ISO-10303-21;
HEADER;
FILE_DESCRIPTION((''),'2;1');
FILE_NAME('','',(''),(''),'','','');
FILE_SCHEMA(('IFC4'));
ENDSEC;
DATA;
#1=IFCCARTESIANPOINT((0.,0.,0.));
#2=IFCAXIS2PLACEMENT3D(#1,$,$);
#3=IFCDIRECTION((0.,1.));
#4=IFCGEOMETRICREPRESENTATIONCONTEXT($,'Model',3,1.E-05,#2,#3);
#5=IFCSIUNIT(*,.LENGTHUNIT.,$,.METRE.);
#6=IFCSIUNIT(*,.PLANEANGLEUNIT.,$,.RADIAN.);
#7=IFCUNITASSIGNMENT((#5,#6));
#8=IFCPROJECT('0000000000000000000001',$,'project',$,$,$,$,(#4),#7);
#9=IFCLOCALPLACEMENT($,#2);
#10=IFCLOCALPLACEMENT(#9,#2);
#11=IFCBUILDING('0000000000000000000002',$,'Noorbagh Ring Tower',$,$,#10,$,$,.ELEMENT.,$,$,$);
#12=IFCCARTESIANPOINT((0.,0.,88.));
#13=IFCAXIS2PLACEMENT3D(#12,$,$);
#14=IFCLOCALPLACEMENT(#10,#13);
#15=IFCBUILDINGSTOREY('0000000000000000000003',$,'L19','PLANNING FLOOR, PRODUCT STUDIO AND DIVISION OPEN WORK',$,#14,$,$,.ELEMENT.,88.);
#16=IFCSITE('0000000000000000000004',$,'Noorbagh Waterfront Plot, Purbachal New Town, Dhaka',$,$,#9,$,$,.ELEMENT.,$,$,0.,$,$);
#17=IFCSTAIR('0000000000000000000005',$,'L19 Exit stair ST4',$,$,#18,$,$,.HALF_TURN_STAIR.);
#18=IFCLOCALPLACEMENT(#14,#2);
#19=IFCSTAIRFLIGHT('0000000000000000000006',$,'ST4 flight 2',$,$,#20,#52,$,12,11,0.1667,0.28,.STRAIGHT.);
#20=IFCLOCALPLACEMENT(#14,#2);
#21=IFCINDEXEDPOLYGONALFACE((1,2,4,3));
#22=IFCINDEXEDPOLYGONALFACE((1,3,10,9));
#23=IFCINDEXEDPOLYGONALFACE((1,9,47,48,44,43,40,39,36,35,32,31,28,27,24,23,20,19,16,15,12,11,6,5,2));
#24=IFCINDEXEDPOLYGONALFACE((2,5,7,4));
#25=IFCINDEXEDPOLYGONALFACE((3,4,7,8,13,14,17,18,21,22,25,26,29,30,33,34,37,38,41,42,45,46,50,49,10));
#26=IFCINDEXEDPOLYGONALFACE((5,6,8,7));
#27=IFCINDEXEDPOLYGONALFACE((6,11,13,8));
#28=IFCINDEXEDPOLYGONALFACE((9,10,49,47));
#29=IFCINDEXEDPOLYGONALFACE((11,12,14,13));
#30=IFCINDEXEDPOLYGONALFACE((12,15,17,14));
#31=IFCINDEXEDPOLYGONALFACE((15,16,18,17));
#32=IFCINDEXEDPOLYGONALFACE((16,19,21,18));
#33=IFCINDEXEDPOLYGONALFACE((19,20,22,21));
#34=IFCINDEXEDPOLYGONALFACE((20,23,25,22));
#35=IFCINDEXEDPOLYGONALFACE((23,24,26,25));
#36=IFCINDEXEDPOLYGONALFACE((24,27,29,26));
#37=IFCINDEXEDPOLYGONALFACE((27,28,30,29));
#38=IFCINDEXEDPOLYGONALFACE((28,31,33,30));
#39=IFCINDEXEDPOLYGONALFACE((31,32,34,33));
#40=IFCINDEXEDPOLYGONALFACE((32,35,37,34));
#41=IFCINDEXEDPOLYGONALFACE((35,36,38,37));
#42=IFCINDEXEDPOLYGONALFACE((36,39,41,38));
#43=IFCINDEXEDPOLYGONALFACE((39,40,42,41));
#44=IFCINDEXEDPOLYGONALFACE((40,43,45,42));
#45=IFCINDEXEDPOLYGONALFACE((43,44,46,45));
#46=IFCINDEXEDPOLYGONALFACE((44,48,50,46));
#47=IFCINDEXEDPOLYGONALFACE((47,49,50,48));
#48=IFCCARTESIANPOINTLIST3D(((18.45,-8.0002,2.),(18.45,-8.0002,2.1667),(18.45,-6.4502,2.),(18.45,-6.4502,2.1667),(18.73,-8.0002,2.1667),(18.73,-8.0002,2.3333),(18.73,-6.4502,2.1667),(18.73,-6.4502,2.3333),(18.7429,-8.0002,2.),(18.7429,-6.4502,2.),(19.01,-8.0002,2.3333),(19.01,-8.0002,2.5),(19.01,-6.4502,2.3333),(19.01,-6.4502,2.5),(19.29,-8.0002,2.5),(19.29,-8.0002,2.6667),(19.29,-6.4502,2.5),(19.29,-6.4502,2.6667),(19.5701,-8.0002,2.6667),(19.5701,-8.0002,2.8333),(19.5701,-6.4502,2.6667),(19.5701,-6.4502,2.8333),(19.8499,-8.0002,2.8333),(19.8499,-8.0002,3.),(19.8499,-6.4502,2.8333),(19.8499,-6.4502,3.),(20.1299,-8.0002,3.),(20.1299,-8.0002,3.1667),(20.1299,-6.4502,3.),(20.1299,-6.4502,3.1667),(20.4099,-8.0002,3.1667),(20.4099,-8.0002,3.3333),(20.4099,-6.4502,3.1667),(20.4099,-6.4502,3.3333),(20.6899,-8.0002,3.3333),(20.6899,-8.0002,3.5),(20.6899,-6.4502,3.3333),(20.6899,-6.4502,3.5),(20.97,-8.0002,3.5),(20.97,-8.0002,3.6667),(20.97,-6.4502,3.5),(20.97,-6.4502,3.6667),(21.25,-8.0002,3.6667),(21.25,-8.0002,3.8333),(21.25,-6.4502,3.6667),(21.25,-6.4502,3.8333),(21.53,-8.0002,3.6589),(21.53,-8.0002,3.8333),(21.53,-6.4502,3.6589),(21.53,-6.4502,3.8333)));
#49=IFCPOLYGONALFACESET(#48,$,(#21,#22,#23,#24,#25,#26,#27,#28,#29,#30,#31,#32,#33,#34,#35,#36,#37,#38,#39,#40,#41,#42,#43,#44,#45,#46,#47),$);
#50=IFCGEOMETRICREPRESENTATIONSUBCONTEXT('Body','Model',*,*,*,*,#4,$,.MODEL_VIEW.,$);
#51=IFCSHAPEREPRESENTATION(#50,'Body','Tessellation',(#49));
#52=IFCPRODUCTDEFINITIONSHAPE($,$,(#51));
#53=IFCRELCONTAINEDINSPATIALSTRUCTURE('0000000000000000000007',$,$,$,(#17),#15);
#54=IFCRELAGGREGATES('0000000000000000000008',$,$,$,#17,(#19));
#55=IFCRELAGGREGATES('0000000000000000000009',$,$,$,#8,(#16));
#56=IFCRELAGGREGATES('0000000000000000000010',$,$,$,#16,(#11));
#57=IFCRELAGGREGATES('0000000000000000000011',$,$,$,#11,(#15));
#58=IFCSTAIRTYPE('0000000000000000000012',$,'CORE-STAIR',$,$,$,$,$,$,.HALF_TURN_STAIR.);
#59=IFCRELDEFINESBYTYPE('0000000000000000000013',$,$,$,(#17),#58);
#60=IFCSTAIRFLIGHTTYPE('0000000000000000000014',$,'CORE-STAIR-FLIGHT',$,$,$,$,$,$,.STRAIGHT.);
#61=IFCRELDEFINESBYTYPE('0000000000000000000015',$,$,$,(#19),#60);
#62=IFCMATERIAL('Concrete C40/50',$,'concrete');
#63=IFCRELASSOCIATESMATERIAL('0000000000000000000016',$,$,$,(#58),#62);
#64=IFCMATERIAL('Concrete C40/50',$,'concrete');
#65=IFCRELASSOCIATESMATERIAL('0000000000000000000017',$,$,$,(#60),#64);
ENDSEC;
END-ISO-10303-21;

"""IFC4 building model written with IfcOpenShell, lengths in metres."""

from ifc_helpers import new_model, si_unit, direction, frame, origin, place, context, subcontext, project, spatial, polyline, outline, extrude, material, type_object, element, aggregate, save


model = new_model("IFC4")

# Units and contexts
model_context = context("Model", 3, precision=1e-05, world=origin(), true_north=direction((0.0, 1.0)))
body_context = subcontext(model_context, "Body", "Model", "MODEL_VIEW")
ifc_project = project(units=[si_unit("LENGTHUNIT", "METRE"), si_unit("PLANEANGLEUNIT", "RADIAN")], contexts=[model_context])

# Site, building, storey
site_placement = place(None, origin())
site = spatial("IfcSite", under=ifc_project, at=site_placement, Name="Noorbagh Waterfront Plot, Purbachal New Town, Dhaka", CompositionType="ELEMENT", RefElevation=0.0)
building_placement = place(site_placement, origin())
building = spatial("IfcBuilding", under=site, at=building_placement, Name="Noorbagh Ring Tower", CompositionType="ELEMENT")
storey_placement = place(building_placement, frame((0.0, 0.0, 88.0)))
storey = spatial("IfcBuildingStorey", under=building, at=storey_placement, Name="L19", Description="PLANNING FLOOR, PRODUCT STUDIO AND DIVISION OPEN WORK", CompositionType="ELEMENT", Elevation=88.0)

# Stair, stair flight
ifc_material_1 = material(Name="Concrete C40/50", Category="concrete")
stair_type = type_object("IfcStairType", Name="CORE-STAIR", PredefinedType="HALF_TURN_STAIR", material=ifc_material_1)
stair_placement = place(storey_placement, origin())
stair = element("IfcStair", 1, at=stair_placement, inside=storey, type_object=stair_type, Name="L19 Exit stair ST4", PredefinedType="HALF_TURN_STAIR")
ifc_material_2 = material(Name="Concrete C40/50", Category="concrete")
stair_flight_type = type_object("IfcStairFlightType", Name="CORE-STAIR-FLIGHT", PredefinedType="STRAIGHT", material=ifc_material_2)
stair_flight_placement = place(storey_placement, frame((18.45, -7.2251, 2.0), z_axis=(0.0, 0.0, 1.0), x_axis=(1.0, 0.0, 0.0)))
stair_flight = element("IfcStairFlight", 2, at=stair_flight_placement, type_object=stair_flight_type, Name="ST4 flight 2", NumberOfRisers=12, NumberOfTreads=11, PredefinedType="STRAIGHT", RiserHeight=0.1667, TreadLength=0.28, context=body_context, shape_type="SweptSolid", body=[
    extrude(outline(polyline([(0.0, 0.0), (0.0, 0.1667), (0.28, 0.1667), (0.28, 0.3333), (0.5601, 0.3333), (0.5601, 0.5), (0.8401, 0.5), (0.8401, 0.6667), (1.1201, 0.6667), (1.1201, 0.8333), (1.3999, 0.8333), (1.3999, 1.0), (1.6799, 1.0), (1.6799, 1.1667), (1.96, 1.1667), (1.96, 1.3333), (2.24, 1.3333), (2.24, 1.5), (2.52, 1.5), (2.52, 1.6667), (2.8, 1.6667), (2.8, 1.8333), (3.0801, 1.8333), (3.0801, 2.0), (3.0801, 1.6589), (0.293, 0.0), (0.0, 0.0)])), frame((0.0, 0.7749, 0.0), z_axis=(0.0, -1.0, 0.0), x_axis=(1.0, 0.0, 0.0)), (0.0, 0.0, 1.0), 1.55),
])
aggregate(stair, [stair_flight])

save(model, "model.ifc")
